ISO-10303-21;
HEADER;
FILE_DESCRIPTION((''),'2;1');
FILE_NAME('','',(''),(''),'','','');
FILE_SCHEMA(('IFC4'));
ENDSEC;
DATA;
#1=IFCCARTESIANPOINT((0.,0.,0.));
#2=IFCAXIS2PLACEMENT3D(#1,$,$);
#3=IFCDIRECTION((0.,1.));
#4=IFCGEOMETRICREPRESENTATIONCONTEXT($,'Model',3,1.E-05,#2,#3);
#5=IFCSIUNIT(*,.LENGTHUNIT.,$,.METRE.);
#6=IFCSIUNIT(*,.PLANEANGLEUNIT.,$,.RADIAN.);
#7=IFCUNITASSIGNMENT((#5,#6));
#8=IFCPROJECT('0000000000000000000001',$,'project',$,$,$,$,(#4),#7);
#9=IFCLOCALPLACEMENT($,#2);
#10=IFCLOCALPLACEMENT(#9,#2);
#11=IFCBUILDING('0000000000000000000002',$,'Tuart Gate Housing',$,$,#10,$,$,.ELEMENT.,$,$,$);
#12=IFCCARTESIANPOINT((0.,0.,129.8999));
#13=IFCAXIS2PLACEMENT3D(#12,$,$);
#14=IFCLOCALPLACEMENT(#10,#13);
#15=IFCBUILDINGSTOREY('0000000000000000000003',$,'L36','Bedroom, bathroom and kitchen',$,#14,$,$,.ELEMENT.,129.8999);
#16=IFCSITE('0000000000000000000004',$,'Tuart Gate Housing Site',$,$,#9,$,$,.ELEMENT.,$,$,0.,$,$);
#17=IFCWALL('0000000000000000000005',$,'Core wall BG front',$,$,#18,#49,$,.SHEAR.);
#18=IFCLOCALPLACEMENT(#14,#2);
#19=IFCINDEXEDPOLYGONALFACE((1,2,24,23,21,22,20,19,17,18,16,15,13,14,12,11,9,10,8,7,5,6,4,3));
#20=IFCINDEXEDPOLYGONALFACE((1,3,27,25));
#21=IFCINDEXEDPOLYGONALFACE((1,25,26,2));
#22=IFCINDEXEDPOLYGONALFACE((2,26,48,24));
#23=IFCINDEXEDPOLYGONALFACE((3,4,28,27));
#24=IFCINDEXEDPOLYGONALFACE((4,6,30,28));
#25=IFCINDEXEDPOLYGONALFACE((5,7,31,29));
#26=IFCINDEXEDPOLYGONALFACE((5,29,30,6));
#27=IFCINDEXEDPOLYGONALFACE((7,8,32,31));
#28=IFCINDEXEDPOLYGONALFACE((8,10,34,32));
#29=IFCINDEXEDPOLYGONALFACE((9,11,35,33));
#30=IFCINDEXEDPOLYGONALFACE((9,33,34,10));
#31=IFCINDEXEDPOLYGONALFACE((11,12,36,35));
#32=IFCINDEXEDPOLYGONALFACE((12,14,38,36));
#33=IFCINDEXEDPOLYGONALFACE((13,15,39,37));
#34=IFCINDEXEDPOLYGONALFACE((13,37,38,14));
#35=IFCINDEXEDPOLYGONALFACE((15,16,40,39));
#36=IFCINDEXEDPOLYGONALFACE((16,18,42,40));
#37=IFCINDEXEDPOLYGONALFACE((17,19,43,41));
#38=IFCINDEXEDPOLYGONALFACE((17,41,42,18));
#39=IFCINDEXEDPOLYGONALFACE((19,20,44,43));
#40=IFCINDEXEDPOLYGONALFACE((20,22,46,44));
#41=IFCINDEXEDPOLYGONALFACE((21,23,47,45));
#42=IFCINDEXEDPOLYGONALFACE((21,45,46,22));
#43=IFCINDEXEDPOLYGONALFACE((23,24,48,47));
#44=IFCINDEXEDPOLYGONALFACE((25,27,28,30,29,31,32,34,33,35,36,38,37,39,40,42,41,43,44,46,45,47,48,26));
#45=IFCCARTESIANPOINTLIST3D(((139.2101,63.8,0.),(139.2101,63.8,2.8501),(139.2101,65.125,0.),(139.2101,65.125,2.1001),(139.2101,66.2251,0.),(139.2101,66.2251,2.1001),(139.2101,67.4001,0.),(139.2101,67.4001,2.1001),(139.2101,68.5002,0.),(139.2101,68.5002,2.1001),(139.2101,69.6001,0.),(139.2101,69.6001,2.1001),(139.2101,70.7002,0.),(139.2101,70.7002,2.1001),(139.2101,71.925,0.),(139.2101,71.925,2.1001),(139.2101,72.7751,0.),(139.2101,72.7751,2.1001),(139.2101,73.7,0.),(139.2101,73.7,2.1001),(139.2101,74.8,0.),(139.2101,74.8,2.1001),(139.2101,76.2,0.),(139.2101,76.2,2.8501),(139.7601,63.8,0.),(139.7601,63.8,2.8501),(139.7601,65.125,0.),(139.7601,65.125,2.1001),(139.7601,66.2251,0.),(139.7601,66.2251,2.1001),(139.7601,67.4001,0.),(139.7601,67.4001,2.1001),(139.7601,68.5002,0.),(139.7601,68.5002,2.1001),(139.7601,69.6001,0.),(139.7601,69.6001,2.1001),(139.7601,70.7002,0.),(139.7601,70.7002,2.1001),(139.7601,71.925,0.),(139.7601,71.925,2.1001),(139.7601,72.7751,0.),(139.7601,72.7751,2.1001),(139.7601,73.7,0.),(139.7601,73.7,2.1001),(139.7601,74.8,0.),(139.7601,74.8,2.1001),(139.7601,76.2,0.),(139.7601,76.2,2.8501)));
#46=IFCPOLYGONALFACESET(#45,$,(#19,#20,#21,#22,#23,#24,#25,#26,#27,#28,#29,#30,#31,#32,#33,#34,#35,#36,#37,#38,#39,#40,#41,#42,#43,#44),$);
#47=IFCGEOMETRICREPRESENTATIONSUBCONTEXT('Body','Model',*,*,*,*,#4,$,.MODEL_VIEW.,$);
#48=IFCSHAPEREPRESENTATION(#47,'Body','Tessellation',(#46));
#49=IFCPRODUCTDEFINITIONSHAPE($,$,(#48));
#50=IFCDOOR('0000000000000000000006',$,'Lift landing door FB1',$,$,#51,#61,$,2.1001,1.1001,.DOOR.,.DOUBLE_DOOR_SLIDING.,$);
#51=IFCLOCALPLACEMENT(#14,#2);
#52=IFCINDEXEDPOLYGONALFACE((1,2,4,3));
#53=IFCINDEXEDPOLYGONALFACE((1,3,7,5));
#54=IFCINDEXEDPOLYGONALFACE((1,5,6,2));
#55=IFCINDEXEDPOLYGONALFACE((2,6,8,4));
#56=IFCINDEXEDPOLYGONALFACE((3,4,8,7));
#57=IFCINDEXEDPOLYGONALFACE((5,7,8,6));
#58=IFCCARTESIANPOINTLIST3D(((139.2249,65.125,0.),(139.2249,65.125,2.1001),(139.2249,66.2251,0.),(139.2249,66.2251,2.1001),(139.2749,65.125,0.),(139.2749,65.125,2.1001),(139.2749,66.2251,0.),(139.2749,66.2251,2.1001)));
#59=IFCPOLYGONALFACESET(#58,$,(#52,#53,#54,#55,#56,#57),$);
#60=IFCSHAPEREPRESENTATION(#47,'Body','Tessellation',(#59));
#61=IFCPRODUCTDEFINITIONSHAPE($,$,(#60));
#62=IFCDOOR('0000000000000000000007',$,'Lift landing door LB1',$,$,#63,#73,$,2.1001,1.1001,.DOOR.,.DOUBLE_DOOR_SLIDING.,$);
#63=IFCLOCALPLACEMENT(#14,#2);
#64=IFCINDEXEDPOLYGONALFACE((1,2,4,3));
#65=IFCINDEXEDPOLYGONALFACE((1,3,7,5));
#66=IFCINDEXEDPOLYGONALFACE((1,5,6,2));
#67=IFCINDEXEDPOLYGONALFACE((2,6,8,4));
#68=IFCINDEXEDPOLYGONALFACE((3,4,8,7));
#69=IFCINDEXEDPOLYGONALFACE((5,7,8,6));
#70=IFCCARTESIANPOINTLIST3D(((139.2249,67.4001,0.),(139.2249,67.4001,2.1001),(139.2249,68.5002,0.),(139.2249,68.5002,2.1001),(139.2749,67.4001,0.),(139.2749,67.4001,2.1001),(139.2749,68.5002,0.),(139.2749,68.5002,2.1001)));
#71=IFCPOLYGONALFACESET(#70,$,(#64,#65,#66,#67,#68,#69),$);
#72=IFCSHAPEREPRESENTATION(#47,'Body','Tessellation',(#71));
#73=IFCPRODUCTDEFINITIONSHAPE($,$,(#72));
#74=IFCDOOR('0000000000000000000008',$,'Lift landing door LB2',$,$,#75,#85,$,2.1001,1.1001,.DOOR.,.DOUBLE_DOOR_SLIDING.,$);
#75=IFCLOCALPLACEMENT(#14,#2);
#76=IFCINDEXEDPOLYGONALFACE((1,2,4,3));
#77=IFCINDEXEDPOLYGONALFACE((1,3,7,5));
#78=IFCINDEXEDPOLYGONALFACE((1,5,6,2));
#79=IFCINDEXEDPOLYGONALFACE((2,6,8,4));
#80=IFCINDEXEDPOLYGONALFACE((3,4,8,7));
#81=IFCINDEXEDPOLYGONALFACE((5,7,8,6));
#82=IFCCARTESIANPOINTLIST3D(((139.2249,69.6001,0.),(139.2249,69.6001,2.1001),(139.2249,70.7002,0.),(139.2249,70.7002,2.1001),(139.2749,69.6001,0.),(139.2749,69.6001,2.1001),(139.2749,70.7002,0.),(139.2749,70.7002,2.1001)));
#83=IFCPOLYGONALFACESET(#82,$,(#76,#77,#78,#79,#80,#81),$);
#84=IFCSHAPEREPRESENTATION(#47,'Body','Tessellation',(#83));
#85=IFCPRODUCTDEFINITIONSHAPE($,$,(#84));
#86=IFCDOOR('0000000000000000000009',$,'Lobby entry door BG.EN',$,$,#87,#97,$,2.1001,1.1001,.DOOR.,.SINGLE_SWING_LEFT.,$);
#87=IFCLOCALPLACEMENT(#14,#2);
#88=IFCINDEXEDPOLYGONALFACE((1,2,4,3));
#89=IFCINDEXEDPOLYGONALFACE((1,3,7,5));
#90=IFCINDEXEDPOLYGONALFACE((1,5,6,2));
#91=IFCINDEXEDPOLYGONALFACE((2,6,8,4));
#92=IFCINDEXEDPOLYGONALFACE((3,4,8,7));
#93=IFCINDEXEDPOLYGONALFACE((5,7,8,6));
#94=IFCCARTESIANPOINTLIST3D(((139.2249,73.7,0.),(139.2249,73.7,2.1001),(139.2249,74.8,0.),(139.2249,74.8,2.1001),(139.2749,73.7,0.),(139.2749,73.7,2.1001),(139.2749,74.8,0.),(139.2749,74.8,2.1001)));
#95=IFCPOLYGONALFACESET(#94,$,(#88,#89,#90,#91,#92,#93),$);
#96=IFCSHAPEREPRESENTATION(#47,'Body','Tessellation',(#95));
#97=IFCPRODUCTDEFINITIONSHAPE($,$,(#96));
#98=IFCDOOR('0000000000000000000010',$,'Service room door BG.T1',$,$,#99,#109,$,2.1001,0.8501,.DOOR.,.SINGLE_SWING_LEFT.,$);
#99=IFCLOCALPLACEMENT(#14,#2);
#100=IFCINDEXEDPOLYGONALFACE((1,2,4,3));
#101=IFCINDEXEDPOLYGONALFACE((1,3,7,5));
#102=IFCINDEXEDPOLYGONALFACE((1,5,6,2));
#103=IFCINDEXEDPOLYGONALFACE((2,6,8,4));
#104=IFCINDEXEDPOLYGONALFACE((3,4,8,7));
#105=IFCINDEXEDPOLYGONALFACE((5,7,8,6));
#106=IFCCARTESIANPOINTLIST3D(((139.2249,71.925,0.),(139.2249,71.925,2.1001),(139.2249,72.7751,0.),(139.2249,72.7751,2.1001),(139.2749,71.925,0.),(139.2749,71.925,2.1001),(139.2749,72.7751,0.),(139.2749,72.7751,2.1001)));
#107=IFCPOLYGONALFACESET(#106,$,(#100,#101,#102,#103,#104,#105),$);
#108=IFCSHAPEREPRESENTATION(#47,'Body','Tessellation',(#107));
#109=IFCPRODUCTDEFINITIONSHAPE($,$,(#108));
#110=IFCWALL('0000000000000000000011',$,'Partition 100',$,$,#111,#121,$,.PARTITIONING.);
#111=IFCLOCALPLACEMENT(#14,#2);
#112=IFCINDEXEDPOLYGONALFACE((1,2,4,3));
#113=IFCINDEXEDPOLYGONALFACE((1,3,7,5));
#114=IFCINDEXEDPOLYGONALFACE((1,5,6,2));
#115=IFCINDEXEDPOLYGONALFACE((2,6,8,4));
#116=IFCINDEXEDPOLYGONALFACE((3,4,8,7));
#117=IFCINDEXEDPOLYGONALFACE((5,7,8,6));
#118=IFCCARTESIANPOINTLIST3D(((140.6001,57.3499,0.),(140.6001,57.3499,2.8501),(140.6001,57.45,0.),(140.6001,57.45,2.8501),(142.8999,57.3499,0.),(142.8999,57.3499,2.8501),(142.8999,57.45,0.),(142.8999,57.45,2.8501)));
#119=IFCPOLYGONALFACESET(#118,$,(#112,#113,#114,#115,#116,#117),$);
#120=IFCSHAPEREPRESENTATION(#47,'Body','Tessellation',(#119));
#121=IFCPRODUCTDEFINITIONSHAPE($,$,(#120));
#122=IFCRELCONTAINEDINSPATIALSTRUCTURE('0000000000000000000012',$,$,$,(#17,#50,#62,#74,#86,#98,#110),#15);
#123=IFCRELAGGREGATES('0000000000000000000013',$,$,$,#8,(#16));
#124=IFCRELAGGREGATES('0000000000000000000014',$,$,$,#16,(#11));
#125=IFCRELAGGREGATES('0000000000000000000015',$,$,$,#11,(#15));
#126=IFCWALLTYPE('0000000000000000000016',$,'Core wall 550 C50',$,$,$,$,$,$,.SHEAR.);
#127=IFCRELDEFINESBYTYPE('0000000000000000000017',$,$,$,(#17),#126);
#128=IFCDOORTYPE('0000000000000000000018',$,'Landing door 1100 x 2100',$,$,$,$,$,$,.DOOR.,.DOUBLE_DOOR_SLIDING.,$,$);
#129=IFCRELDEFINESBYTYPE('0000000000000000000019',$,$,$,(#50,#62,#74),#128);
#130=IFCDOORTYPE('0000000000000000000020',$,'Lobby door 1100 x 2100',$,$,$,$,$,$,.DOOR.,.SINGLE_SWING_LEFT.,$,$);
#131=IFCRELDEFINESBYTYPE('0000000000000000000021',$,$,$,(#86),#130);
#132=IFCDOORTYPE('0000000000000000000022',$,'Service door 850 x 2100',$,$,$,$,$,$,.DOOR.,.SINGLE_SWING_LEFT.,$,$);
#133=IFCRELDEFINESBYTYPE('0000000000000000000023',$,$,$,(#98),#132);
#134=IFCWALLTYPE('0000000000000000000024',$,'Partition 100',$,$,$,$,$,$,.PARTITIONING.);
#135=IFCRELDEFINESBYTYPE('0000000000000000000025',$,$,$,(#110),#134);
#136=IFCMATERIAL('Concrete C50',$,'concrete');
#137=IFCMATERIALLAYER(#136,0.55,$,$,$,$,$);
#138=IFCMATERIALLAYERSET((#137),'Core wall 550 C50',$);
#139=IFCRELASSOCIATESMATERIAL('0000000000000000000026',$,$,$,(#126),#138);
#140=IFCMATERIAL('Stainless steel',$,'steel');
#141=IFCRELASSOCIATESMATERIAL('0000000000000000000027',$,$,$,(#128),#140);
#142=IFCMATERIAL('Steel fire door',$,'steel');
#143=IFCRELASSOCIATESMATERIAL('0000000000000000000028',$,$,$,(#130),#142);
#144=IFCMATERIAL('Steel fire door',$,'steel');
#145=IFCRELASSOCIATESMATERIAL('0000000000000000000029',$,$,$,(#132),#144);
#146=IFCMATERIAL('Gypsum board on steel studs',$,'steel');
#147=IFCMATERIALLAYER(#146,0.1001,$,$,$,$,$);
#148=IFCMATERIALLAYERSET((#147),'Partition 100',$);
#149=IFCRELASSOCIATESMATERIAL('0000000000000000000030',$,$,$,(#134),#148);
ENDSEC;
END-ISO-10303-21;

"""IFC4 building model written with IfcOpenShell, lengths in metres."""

from ifc_helpers import new_model, si_unit, direction, frame, frame_2d, origin, place, context, subcontext, project, spatial, rectangle, extrude, material, layer, layer_set, type_object, element, fill, save


model = new_model("IFC4")

# Units and contexts
model_context = context("Model", 3, precision=1e-05, world=origin(), true_north=direction((0.0, 1.0)))
body_context = subcontext(model_context, "Body", "Model", "MODEL_VIEW")
ifc_project = project(units=[si_unit("LENGTHUNIT", "METRE"), si_unit("PLANEANGLEUNIT", "RADIAN")], contexts=[model_context])

# Site, building, storey
site_placement = place(None, origin())
site = spatial("IfcSite", under=ifc_project, at=site_placement, Name="Tuart Gate Housing Site", CompositionType="ELEMENT", RefElevation=0.0)
building_placement = place(site_placement, origin())
building = spatial("IfcBuilding", under=site, at=building_placement, Name="Tuart Gate Housing", CompositionType="ELEMENT")
storey_placement = place(building_placement, frame((0.0, 0.0, 129.8999)))
storey = spatial("IfcBuildingStorey", under=building, at=storey_placement, Name="L36", Description="Bedroom, bathroom and kitchen", CompositionType="ELEMENT", Elevation=129.8999)

# Wall, openings, doors
ifc_material_1 = material(Name="Concrete C50", Category="concrete")
ifc_layer_1 = layer(ifc_material_1, 0.55)
ifc_layer_set_1 = layer_set([ifc_layer_1], Name="Core wall 550 C50")
wall_type_1 = type_object("IfcWallType", Name="Core wall 550 C50", PredefinedType="SHEAR", material=ifc_layer_set_1)
wall_1_placement = place(storey_placement, frame((139.4851, 63.8, 0.0), z_axis=(0.0, 0.0, 1.0), x_axis=(0.0, 1.0, 0.0)))
wall_1 = element("IfcWall", 1, at=wall_1_placement, inside=storey, type_object=wall_type_1, Name="Core wall BG front", PredefinedType="SHEAR", context=body_context, shape_type="SweptSolid", body=[
    extrude(rectangle(XDim=12.3999, YDim=0.55, at=frame_2d((6.2, 0.0))), origin(), (0.0, 0.0, 1.0), 2.8501),
])
opening_1_placement = place(wall_1_placement, frame((1.325, 0.0, 0.0)))
opening_1 = element("IfcOpeningElement", 2, at=opening_1_placement, cuts=wall_1, PredefinedType="OPENING", context=body_context, shape_type="SweptSolid", body=[
    extrude(rectangle(XDim=1.1001, YDim=2.1001, at=frame_2d((0.55, 1.05))), frame((0.0, 0.2849, 0.0), z_axis=(0.0, -1.0, 0.0), x_axis=(1.0, 0.0, 0.0)), (0.0, 0.0, 1.0), 0.5701),
])
opening_2_placement = place(wall_1_placement, frame((3.6001, 0.0, 0.0)))
opening_2 = element("IfcOpeningElement", 3, at=opening_2_placement, cuts=wall_1, PredefinedType="OPENING", context=body_context, shape_type="SweptSolid", body=[
    extrude(rectangle(XDim=1.1001, YDim=2.1001, at=frame_2d((0.55, 1.05))), frame((0.0, 0.2849, 0.0), z_axis=(0.0, -1.0, 0.0), x_axis=(1.0, 0.0, 0.0)), (0.0, 0.0, 1.0), 0.5701),
])
opening_3_placement = place(wall_1_placement, frame((5.8, 0.0, 0.0)))
opening_3 = element("IfcOpeningElement", 4, at=opening_3_placement, cuts=wall_1, PredefinedType="OPENING", context=body_context, shape_type="SweptSolid", body=[
    extrude(rectangle(XDim=1.1001, YDim=2.1001, at=frame_2d((0.55, 1.05))), frame((0.0, 0.2849, 0.0), z_axis=(0.0, -1.0, 0.0), x_axis=(1.0, 0.0, 0.0)), (0.0, 0.0, 1.0), 0.5701),
])
opening_4_placement = place(wall_1_placement, frame((9.8999, 0.0, 0.0)))
opening_4 = element("IfcOpeningElement", 5, at=opening_4_placement, cuts=wall_1, PredefinedType="OPENING", context=body_context, shape_type="SweptSolid", body=[
    extrude(rectangle(XDim=1.1001, YDim=2.1001, at=frame_2d((0.55, 1.05))), frame((0.0, 0.2849, 0.0), z_axis=(0.0, -1.0, 0.0), x_axis=(1.0, 0.0, 0.0)), (0.0, 0.0, 1.0), 0.5701),
])
opening_5_placement = place(wall_1_placement, frame((8.125, 0.0, 0.0)))
opening_5 = element("IfcOpeningElement", 6, at=opening_5_placement, cuts=wall_1, PredefinedType="OPENING", context=body_context, shape_type="SweptSolid", body=[
    extrude(rectangle(XDim=0.8501, YDim=2.1001, at=frame_2d((0.425, 1.05))), frame((0.0, 0.2849, 0.0), z_axis=(0.0, -1.0, 0.0), x_axis=(1.0, 0.0, 0.0)), (0.0, 0.0, 1.0), 0.5701),
])
ifc_material_2 = material(Name="Stainless steel", Category="steel")
door_type_1 = type_object("IfcDoorType", Name="Landing door 1100 x 2100", OperationType="DOUBLE_DOOR_SLIDING", PredefinedType="DOOR", material=ifc_material_2)
door_1_placement = place(opening_1_placement, origin())
door_1 = element("IfcDoor", 7, at=door_1_placement, inside=storey, type_object=door_type_1, Name="Lift landing door FB1", OperationType="DOUBLE_DOOR_SLIDING", OverallHeight=2.1001, OverallWidth=1.1001, PredefinedType="DOOR", context=body_context, shape_type="SweptSolid", body=[
    extrude(rectangle(XDim=1.1001, YDim=2.1001, at=frame_2d((0.55, 1.05))), frame((0.0, 0.2603, 0.0), z_axis=(0.0, -1.0, 0.0), x_axis=(1.0, 0.0, 0.0)), (0.0, 0.0, 1.0), 0.05),
])
fill(opening_1, door_1)
door_2_placement = place(opening_2_placement, origin())
door_2 = element("IfcDoor", 8, at=door_2_placement, inside=storey, type_object=door_type_1, Name="Lift landing door LB1", OperationType="DOUBLE_DOOR_SLIDING", OverallHeight=2.1001, OverallWidth=1.1001, PredefinedType="DOOR", context=body_context, shape_type="SweptSolid", body=[
    extrude(rectangle(XDim=1.1001, YDim=2.1001, at=frame_2d((0.55, 1.05))), frame((0.0, 0.2603, 0.0), z_axis=(0.0, -1.0, 0.0), x_axis=(1.0, 0.0, 0.0)), (0.0, 0.0, 1.0), 0.05),
])
fill(opening_2, door_2)
door_3_placement = place(opening_3_placement, origin())
door_3 = element("IfcDoor", 9, at=door_3_placement, inside=storey, type_object=door_type_1, Name="Lift landing door LB2", OperationType="DOUBLE_DOOR_SLIDING", OverallHeight=2.1001, OverallWidth=1.1001, PredefinedType="DOOR", context=body_context, shape_type="SweptSolid", body=[
    extrude(rectangle(XDim=1.1001, YDim=2.1001, at=frame_2d((0.55, 1.05))), frame((0.0, 0.2603, 0.0), z_axis=(0.0, -1.0, 0.0), x_axis=(1.0, 0.0, 0.0)), (0.0, 0.0, 1.0), 0.05),
])
fill(opening_3, door_3)
ifc_material_3 = material(Name="Steel fire door", Category="steel")
door_type_2 = type_object("IfcDoorType", Name="Lobby door 1100 x 2100", OperationType="SINGLE_SWING_LEFT", PredefinedType="DOOR", material=ifc_material_3)
door_4_placement = place(opening_4_placement, origin())
door_4 = element("IfcDoor", 10, at=door_4_placement, inside=storey, type_object=door_type_2, Name="Lobby entry door BG.EN", OperationType="SINGLE_SWING_LEFT", OverallHeight=2.1001, OverallWidth=1.1001, PredefinedType="DOOR", context=body_context, shape_type="SweptSolid", body=[
    extrude(rectangle(XDim=1.1001, YDim=2.1001, at=frame_2d((0.55, 1.05))), frame((0.0, 0.2603, 0.0), z_axis=(0.0, -1.0, 0.0), x_axis=(1.0, 0.0, 0.0)), (0.0, 0.0, 1.0), 0.05),
])
fill(opening_4, door_4)
ifc_material_4 = material(Name="Steel fire door", Category="steel")
door_type_3 = type_object("IfcDoorType", Name="Service door 850 x 2100", OperationType="SINGLE_SWING_LEFT", PredefinedType="DOOR", material=ifc_material_4)
door_5_placement = place(opening_5_placement, origin())
door_5 = element("IfcDoor", 11, at=door_5_placement, inside=storey, type_object=door_type_3, Name="Service room door BG.T1", OperationType="SINGLE_SWING_LEFT", OverallHeight=2.1001, OverallWidth=0.8501, PredefinedType="DOOR", context=body_context, shape_type="SweptSolid", body=[
    extrude(rectangle(XDim=0.8501, YDim=2.1001, at=frame_2d((0.425, 1.05))), frame((0.0, 0.2603, 0.0), z_axis=(0.0, -1.0, 0.0), x_axis=(1.0, 0.0, 0.0)), (0.0, 0.0, 1.0), 0.05),
])
fill(opening_5, door_5)

# Wall
ifc_material_5 = material(Name="Gypsum board on steel studs", Category="steel")
ifc_layer_2 = layer(ifc_material_5, 0.1001)
ifc_layer_set_2 = layer_set([ifc_layer_2], Name="Partition 100")
wall_type_2 = type_object("IfcWallType", Name="Partition 100", PredefinedType="PARTITIONING", material=ifc_layer_set_2)
wall_2_placement = place(storey_placement, frame((140.6001, 57.3999, 0.0), z_axis=(0.0, 0.0, 1.0), x_axis=(1.0, 0.0, 0.0)))
element("IfcWall", 12, at=wall_2_placement, inside=storey, type_object=wall_type_2, Name="Partition 100", PredefinedType="PARTITIONING", context=body_context, shape_type="SweptSolid", body=[
    extrude(rectangle(XDim=2.2998, YDim=0.1001, at=frame_2d((1.1499, 0.0))), origin(), (0.0, 0.0, 1.0), 2.8501),
])

save(model, "model.ifc")
